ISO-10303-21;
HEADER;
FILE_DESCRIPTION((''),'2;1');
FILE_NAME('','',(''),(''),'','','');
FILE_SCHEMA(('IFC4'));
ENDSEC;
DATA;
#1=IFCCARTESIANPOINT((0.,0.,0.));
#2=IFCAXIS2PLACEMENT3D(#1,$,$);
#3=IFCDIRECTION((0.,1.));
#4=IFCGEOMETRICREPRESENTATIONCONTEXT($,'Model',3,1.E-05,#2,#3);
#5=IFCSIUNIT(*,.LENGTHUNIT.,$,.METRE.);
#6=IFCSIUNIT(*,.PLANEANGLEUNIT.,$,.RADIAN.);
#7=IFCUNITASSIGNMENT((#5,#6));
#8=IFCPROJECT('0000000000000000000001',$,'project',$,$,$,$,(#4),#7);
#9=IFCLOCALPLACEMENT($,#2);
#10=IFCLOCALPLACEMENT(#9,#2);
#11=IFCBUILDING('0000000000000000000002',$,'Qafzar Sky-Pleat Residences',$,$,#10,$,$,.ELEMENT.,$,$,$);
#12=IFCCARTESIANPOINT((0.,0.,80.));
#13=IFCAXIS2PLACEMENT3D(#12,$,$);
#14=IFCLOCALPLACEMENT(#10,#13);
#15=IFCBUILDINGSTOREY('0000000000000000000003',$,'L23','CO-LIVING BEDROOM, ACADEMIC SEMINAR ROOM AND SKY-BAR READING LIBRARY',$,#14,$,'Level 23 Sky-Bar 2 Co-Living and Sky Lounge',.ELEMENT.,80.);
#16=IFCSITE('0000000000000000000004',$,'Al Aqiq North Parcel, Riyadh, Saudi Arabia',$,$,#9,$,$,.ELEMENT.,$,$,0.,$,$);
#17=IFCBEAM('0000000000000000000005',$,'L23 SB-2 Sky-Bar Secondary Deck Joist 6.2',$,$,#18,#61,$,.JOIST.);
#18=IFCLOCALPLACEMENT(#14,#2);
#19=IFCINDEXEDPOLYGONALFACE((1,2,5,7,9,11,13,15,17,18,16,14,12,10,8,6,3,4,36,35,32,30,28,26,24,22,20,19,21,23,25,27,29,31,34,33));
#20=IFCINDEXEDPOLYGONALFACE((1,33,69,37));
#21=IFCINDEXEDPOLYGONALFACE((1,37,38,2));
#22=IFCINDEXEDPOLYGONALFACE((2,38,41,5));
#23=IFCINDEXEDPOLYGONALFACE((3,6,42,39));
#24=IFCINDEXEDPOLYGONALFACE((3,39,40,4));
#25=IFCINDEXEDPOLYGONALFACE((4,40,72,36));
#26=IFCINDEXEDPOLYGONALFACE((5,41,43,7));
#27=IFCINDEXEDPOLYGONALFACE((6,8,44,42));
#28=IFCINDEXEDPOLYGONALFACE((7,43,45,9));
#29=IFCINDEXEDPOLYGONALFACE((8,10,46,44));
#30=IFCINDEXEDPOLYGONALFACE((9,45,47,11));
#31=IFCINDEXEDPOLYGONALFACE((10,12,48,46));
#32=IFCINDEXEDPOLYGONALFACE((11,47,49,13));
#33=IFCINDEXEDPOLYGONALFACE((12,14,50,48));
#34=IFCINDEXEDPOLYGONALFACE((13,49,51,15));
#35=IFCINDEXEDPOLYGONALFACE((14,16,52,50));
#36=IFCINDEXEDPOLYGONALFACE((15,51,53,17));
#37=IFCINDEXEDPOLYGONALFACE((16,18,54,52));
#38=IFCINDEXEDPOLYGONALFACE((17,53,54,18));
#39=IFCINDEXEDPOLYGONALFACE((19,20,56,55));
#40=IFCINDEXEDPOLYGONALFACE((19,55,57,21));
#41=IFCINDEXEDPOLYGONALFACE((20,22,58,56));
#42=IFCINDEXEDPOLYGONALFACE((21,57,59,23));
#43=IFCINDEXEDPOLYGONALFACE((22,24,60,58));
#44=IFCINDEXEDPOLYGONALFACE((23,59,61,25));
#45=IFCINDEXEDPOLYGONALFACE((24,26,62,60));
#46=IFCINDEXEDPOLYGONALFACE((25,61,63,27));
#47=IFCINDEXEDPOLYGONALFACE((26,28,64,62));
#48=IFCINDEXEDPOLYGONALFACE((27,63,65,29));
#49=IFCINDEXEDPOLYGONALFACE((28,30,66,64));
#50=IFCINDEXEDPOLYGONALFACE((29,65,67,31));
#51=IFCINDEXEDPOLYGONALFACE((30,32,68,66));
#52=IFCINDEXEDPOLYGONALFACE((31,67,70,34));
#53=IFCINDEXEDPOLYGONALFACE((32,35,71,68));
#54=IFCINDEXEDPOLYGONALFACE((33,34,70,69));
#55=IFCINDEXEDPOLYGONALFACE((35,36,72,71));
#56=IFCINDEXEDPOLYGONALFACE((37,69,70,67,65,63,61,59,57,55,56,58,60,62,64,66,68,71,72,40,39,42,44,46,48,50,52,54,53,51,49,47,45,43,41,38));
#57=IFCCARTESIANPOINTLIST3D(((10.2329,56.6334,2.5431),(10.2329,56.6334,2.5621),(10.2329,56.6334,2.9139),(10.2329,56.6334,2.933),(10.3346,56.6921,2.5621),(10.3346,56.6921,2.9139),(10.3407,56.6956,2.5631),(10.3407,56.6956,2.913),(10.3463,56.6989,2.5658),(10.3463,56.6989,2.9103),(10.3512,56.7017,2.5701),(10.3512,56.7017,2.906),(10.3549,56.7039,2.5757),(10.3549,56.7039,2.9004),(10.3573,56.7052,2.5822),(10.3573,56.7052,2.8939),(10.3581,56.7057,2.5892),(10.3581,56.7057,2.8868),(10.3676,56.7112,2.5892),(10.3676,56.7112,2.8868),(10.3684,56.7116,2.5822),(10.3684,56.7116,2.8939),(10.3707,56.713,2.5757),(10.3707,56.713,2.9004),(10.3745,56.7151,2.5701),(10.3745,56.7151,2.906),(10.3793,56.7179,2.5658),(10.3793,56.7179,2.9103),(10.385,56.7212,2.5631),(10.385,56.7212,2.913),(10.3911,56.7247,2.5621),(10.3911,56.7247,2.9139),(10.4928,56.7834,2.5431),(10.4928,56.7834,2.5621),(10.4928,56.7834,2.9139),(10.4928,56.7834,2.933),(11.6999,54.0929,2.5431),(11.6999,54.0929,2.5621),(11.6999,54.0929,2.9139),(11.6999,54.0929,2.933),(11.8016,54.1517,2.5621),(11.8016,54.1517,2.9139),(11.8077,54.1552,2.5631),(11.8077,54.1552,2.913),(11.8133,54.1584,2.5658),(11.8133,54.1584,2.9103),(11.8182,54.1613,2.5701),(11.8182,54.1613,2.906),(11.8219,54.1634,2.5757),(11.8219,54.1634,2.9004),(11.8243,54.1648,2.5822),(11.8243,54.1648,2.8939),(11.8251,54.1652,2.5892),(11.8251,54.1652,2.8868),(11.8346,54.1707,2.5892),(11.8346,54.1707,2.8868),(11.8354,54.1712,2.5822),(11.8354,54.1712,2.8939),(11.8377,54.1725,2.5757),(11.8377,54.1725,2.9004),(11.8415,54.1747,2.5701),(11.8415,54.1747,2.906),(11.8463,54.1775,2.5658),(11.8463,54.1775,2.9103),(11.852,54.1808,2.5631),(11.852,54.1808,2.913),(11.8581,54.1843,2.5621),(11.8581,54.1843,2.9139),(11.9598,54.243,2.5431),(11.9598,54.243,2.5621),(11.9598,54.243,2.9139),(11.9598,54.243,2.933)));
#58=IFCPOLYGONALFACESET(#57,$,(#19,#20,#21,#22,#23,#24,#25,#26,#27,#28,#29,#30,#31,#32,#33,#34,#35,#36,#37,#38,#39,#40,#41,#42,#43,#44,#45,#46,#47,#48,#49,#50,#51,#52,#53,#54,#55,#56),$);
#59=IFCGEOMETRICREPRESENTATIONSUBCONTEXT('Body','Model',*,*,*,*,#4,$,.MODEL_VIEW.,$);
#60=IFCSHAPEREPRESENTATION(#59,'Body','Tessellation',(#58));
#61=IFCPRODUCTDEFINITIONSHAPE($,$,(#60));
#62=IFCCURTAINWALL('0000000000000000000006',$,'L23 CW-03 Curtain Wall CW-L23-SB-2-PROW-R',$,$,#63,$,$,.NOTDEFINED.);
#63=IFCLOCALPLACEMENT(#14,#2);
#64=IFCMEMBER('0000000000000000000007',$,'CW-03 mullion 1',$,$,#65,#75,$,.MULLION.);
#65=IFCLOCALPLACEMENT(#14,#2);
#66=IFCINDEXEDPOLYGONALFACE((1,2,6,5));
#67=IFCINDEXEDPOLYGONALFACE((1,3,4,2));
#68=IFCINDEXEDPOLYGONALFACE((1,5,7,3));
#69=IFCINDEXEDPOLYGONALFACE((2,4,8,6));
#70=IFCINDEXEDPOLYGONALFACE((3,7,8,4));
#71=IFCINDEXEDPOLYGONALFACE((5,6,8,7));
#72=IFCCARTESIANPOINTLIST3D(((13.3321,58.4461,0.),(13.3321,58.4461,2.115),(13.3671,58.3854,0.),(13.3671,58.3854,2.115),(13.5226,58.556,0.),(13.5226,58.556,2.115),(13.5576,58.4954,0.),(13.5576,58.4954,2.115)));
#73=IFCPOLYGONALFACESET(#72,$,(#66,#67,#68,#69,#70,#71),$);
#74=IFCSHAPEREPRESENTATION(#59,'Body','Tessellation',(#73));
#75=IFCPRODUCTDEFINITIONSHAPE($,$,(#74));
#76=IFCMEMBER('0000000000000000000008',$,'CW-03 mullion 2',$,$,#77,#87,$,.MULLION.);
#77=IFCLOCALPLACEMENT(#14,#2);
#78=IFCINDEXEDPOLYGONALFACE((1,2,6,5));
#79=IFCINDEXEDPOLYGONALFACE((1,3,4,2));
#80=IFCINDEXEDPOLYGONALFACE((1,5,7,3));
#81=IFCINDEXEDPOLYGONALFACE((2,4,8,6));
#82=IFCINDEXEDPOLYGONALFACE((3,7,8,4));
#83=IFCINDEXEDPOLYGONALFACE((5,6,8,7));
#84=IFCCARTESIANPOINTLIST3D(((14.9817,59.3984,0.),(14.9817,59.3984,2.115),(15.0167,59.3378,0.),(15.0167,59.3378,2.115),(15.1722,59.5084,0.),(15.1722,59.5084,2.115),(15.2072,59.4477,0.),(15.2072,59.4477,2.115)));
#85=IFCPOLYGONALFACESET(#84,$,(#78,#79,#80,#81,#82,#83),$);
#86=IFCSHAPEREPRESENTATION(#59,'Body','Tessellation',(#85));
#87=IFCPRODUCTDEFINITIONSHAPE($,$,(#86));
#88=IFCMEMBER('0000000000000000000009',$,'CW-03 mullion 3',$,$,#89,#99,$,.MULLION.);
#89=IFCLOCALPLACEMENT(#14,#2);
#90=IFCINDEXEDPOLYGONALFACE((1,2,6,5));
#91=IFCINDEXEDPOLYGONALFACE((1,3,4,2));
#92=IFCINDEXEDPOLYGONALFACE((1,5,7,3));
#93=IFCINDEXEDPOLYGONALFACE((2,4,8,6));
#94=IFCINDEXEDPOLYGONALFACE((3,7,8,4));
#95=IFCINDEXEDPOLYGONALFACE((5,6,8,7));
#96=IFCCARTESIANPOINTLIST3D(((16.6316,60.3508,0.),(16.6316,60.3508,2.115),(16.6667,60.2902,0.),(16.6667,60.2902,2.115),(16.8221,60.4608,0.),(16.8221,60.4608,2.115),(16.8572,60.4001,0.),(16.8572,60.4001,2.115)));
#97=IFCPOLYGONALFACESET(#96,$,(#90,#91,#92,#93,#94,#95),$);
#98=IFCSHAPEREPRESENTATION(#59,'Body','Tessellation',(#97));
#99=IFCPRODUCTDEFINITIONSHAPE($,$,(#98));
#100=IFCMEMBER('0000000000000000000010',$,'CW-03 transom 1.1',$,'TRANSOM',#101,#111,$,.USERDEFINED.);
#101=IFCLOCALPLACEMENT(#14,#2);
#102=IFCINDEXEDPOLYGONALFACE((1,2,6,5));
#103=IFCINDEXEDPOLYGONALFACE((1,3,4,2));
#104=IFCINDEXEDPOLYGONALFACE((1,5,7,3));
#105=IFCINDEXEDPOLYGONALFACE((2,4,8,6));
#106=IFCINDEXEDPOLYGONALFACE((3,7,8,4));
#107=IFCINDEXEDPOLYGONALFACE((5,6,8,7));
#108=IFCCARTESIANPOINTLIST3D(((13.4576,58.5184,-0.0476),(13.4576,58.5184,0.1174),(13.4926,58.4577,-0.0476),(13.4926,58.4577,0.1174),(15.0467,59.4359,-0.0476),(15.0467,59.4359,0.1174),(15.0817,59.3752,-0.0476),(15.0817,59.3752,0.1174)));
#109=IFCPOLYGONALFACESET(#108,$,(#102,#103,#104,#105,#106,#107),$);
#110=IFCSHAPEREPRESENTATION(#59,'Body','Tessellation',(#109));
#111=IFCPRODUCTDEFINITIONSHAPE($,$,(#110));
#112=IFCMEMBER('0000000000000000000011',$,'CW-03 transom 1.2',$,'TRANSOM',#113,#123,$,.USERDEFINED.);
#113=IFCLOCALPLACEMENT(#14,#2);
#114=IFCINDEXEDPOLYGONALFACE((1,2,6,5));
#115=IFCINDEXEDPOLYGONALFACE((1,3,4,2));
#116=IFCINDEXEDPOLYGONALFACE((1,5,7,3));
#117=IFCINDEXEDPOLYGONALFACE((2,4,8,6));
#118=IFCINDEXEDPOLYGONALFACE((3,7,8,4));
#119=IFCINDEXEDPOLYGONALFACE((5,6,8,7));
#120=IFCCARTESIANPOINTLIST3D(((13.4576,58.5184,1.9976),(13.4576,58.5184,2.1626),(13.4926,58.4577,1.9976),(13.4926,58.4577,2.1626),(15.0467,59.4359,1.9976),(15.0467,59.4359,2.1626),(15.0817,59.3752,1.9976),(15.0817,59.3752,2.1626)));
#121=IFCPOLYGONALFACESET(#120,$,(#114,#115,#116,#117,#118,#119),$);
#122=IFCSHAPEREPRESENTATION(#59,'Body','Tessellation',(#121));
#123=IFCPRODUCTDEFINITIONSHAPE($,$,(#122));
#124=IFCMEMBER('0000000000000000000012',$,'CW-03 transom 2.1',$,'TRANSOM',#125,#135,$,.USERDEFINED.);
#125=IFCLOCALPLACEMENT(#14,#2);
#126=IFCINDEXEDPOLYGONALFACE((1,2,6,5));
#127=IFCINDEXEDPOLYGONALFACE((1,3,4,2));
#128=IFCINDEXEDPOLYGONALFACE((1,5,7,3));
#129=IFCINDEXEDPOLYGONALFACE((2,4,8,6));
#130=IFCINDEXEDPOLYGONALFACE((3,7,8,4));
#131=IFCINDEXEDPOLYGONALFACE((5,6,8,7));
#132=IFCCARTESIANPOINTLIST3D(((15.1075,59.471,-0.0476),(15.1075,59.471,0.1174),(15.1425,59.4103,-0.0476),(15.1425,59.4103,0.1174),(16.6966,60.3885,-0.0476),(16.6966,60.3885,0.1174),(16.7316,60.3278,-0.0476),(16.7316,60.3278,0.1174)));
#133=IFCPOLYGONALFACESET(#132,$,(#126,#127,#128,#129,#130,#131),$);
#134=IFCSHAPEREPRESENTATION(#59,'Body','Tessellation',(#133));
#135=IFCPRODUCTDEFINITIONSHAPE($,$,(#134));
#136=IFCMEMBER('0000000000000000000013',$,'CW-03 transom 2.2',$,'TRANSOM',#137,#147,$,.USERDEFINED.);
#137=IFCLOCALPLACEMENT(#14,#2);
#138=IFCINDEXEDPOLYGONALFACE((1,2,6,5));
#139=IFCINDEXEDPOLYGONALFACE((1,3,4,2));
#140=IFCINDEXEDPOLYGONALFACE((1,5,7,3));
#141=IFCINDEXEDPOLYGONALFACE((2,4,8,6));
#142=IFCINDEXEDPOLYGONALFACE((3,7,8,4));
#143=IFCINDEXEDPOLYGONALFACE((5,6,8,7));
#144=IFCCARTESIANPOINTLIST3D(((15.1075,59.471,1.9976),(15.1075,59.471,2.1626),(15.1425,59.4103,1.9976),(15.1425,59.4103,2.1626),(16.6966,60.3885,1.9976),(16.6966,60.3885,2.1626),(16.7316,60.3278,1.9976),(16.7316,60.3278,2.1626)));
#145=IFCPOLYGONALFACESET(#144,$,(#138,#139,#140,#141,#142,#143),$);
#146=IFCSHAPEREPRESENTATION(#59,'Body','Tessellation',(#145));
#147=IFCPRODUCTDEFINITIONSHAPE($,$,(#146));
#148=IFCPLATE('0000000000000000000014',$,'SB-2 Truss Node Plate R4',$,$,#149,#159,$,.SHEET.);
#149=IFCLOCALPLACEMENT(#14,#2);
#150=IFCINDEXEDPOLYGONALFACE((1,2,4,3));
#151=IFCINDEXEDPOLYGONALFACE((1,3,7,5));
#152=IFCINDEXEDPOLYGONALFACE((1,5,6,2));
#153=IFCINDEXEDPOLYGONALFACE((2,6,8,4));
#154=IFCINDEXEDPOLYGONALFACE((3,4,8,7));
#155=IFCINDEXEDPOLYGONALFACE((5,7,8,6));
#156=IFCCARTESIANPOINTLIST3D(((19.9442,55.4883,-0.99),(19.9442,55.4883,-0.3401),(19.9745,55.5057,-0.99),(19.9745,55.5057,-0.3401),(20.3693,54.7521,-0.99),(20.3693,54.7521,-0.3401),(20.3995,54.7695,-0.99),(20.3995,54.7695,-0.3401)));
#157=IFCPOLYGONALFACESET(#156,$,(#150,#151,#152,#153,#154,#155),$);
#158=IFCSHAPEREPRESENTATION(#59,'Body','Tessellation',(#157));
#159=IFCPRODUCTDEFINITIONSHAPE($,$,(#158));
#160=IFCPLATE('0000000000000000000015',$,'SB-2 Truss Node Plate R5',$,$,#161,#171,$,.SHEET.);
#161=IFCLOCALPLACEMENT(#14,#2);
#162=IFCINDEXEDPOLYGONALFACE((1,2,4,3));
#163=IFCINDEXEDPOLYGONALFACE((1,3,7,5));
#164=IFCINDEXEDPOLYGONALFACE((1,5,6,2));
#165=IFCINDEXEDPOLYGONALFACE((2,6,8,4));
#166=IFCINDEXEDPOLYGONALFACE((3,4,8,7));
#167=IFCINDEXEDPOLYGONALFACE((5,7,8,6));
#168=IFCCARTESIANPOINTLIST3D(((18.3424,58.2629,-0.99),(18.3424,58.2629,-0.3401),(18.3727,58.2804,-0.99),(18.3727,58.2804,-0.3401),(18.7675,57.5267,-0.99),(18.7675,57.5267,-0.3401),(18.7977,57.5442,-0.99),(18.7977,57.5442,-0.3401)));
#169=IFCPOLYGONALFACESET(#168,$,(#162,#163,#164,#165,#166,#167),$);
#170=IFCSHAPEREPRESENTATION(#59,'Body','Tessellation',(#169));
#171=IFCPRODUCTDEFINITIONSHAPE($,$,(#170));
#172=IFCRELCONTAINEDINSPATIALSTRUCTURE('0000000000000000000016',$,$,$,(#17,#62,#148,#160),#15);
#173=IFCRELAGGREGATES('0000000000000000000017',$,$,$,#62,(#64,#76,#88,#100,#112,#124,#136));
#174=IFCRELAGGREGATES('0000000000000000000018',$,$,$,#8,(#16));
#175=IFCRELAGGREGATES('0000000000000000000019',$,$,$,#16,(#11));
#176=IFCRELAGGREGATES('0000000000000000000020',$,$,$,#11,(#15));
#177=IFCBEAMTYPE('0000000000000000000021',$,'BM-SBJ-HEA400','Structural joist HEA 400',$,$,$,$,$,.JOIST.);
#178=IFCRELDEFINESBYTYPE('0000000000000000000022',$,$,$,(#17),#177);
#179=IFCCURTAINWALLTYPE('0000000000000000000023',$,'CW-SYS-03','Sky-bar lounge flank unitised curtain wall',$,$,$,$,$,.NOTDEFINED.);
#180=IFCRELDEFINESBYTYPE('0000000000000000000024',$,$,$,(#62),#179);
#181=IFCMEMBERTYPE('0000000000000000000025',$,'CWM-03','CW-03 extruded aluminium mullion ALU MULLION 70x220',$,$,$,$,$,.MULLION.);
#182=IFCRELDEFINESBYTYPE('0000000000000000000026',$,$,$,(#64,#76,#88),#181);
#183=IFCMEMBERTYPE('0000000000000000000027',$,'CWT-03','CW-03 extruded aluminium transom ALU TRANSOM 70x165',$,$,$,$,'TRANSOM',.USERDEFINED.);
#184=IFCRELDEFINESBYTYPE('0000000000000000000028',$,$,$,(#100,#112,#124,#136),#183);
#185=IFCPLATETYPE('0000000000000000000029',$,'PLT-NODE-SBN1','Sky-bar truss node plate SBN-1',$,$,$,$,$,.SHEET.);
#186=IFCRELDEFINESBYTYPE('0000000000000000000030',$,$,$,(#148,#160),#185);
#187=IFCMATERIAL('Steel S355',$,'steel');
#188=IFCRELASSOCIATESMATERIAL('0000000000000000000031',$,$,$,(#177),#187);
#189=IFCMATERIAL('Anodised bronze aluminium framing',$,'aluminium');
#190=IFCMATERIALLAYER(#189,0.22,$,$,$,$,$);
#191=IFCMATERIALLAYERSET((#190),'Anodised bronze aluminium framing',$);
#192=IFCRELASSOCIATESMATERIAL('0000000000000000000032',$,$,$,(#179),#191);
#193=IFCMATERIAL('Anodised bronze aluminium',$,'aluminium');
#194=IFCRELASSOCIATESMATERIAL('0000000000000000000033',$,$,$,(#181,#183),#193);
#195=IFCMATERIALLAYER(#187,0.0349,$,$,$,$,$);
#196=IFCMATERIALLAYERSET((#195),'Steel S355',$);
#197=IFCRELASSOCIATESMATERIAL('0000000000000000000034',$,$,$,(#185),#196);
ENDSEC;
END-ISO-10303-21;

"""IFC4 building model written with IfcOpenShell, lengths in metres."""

from ifc_helpers import new_model, si_unit, direction, frame, origin, origin_2d, place, context, subcontext, project, spatial, rectangle, i_section, extrude, source, transform, mapped, material, layer, layer_set, material_profile, profile_set, type_object, element, aggregate, save


model = new_model("IFC4")

# Units and contexts
model_context = context("Model", 3, precision=1e-05, world=origin(), true_north=direction((0.0, 1.0)))
body_context = subcontext(model_context, "Body", "Model", "MODEL_VIEW")
ifc_project = project(units=[si_unit("LENGTHUNIT", "METRE"), si_unit("PLANEANGLEUNIT", "RADIAN")], contexts=[model_context])

# Site, building, storey
site_placement = place(None, origin())
site = spatial("IfcSite", under=ifc_project, at=site_placement, Name="Al Aqiq North Parcel, Riyadh, Saudi Arabia", CompositionType="ELEMENT", RefElevation=0.0)
building_placement = place(site_placement, origin())
building = spatial("IfcBuilding", under=site, at=building_placement, Name="Qafzar Sky-Pleat Residences", CompositionType="ELEMENT")
storey_placement = place(building_placement, frame((0.0, 0.0, 80.0)))
storey = spatial("IfcBuildingStorey", under=building, at=storey_placement, Name="L23", Description="CO-LIVING BEDROOM, ACADEMIC SEMINAR ROOM AND SKY-BAR READING LIBRARY", LongName="Level 23 Sky-Bar 2 Co-Living and Sky Lounge", CompositionType="ELEMENT", Elevation=80.0)

# Beam
ifc_material_1 = material(Name="Steel S355", Category="steel")
ifc_material_profile_1 = material_profile(ifc_material_1, i_section(OverallWidth=0.3, OverallDepth=0.3899, WebThickness=0.011, FlangeThickness=0.019, FilletRadius=0.0271, at=origin_2d()), Name="HEA 400")
ifc_profile_set_1 = profile_set([ifc_material_profile_1], Name="Steel S355")
beam_type = type_object("IfcBeamType", Name="BM-SBJ-HEA400", Description="Structural joist HEA 400", PredefinedType="JOIST", material=ifc_profile_set_1)
shared_shape_1 = source(origin(), body_context, "Body", "SweptSolid", [
    extrude(i_section(OverallWidth=0.3, OverallDepth=0.3899, WebThickness=0.011, FlangeThickness=0.019, FilletRadius=0.0271, at=origin_2d()), origin(), (0.0, 0.0, 1.0), 2.9336),
])
beam_placement = place(storey_placement, frame((11.8298, 54.168, 2.738), z_axis=(-0.500068, 0.865986, 0.0), x_axis=(-0.865986, -0.500068, 0.0)))
element("IfcBeam", 1, at=beam_placement, inside=storey, type_object=beam_type, Name="L23 SB-2 Sky-Bar Secondary Deck Joist 6.2", PredefinedType="JOIST", context=body_context, shape_type="MappedRepresentation", body=[
    mapped(shared_shape_1, transform((0.0, 0.0, 0.0), x_axis=(1.0, 0.0, 0.0), y_axis=(0.0, 1.0, 0.0), z_axis=(0.0, 0.0, 1.0), scale=1.0)),
])

# Curtain wall, members
ifc_material_2 = material(Name="Anodised bronze aluminium framing", Category="aluminium")
ifc_layer_1 = layer(ifc_material_2, 0.22)
ifc_layer_set_1 = layer_set([ifc_layer_1], Name="Anodised bronze aluminium framing")
curtain_wall_type = type_object("IfcCurtainWallType", Name="CW-SYS-03", Description="Sky-bar lounge flank unitised curtain wall", PredefinedType="NOTDEFINED", material=ifc_layer_set_1)
curtain_wall_placement = place(storey_placement, origin())
curtain_wall = element("IfcCurtainWall", 2, at=curtain_wall_placement, inside=storey, type_object=curtain_wall_type, Name="L23 CW-03 Curtain Wall CW-L23-SB-2-PROW-R", PredefinedType="NOTDEFINED")
ifc_material_3 = material(Name="Anodised bronze aluminium", Category="aluminium")
ifc_material_profile_2 = material_profile(ifc_material_3, rectangle(XDim=0.0701, YDim=0.22, at=origin_2d()), Name="ALU MULLION 70x220")
ifc_profile_set_2 = profile_set([ifc_material_profile_2], Name="Anodised bronze aluminium")
member_type_1 = type_object("IfcMemberType", Name="CWM-03", Description="CW-03 extruded aluminium mullion ALU MULLION 70x220", PredefinedType="MULLION", material=ifc_profile_set_2)
shared_shape_2 = source(origin(), body_context, "Body", "SweptSolid", [
    extrude(rectangle(XDim=0.0701, YDim=0.22, at=origin_2d()), origin(), (0.0, 0.0, 1.0), 2.115),
])
member_1_placement = place(storey_placement, frame((13.4448, 58.4707, 0.0), z_axis=(0.0, 0.0, 1.0), x_axis=(-0.499998, 0.866027, 0.0)))
member_1 = element("IfcMember", 3, at=member_1_placement, type_object=member_type_1, Name="CW-03 mullion 1", PredefinedType="MULLION", context=body_context, shape_type="MappedRepresentation", body=[
    mapped(shared_shape_2, transform((0.0, 0.0, 0.0), x_axis=(1.0, 0.0, 0.0), y_axis=(0.0, 1.0, 0.0), z_axis=(0.0, 0.0, 1.0), scale=1.0)),
])
member_2_placement = place(storey_placement, frame((15.0945, 59.4231, 0.0), z_axis=(0.0, 0.0, 1.0), x_axis=(-0.499998, 0.866027, 0.0)))
member_2 = element("IfcMember", 4, at=member_2_placement, type_object=member_type_1, Name="CW-03 mullion 2", PredefinedType="MULLION", context=body_context, shape_type="MappedRepresentation", body=[
    mapped(shared_shape_2, transform((0.0, 0.0, 0.0), x_axis=(1.0, 0.0, 0.0), y_axis=(0.0, 1.0, 0.0), z_axis=(0.0, 0.0, 1.0), scale=1.0)),
])
member_3_placement = place(storey_placement, frame((16.7444, 60.3755, 0.0), z_axis=(0.0, 0.0, 1.0), x_axis=(-0.499998, 0.866027, 0.0)))
member_3 = element("IfcMember", 5, at=member_3_placement, type_object=member_type_1, Name="CW-03 mullion 3", PredefinedType="MULLION", context=body_context, shape_type="MappedRepresentation", body=[
    mapped(shared_shape_2, transform((0.0, 0.0, 0.0), x_axis=(1.0, 0.0, 0.0), y_axis=(0.0, 1.0, 0.0), z_axis=(0.0, 0.0, 1.0), scale=1.0)),
])
ifc_material_profile_3 = material_profile(ifc_material_3, rectangle(XDim=0.0701, YDim=0.165, at=origin_2d()), Name="ALU TRANSOM 70x165")
ifc_profile_set_3 = profile_set([ifc_material_profile_3], Name="Anodised bronze aluminium")
member_type_2 = type_object("IfcMemberType", Name="CWT-03", Description="CW-03 extruded aluminium transom ALU TRANSOM 70x165", ElementType="TRANSOM", PredefinedType="USERDEFINED", material=ifc_profile_set_3)
shared_shape_3 = source(origin(), body_context, "Body", "SweptSolid", [
    extrude(rectangle(XDim=0.0701, YDim=0.165, at=origin_2d()), origin(), (0.0, 0.0, 1.0), 1.835),
])
member_4_placement = place(storey_placement, frame((13.4751, 58.488, 0.0349), z_axis=(0.866024, 0.500003, 0.0), x_axis=(-0.500003, 0.866024, 0.0)))
member_4 = element("IfcMember", 6, at=member_4_placement, type_object=member_type_2, Name="CW-03 transom 1.1", ObjectType="TRANSOM", PredefinedType="USERDEFINED", context=body_context, shape_type="MappedRepresentation", body=[
    mapped(shared_shape_3, transform((0.0, 0.0, 0.0), x_axis=(1.0, 0.0, 0.0), y_axis=(0.0, 1.0, 0.0), z_axis=(0.0, 0.0, 1.0), scale=1.0)),
])
member_5_placement = place(storey_placement, frame((13.4751, 58.488, 2.0801), z_axis=(0.866024, 0.500003, 0.0), x_axis=(-0.500003, 0.866024, 0.0)))
member_5 = element("IfcMember", 7, at=member_5_placement, type_object=member_type_2, Name="CW-03 transom 1.2", ObjectType="TRANSOM", PredefinedType="USERDEFINED", context=body_context, shape_type="MappedRepresentation", body=[
    mapped(shared_shape_3, transform((0.0, 0.0, 0.0), x_axis=(1.0, 0.0, 0.0), y_axis=(0.0, 1.0, 0.0), z_axis=(0.0, 0.0, 1.0), scale=1.0)),
])
member_6_placement = place(storey_placement, frame((15.125, 59.4407, 0.0349), z_axis=(0.866024, 0.500003, 0.0), x_axis=(-0.500003, 0.866024, 0.0)))
member_6 = element("IfcMember", 8, at=member_6_placement, type_object=member_type_2, Name="CW-03 transom 2.1", ObjectType="TRANSOM", PredefinedType="USERDEFINED", context=body_context, shape_type="MappedRepresentation", body=[
    mapped(shared_shape_3, transform((0.0, 0.0, 0.0), x_axis=(1.0, 0.0, 0.0), y_axis=(0.0, 1.0, 0.0), z_axis=(0.0, 0.0, 1.0), scale=1.0)),
])
member_7_placement = place(storey_placement, frame((15.125, 59.4407, 2.0801), z_axis=(0.866024, 0.500003, 0.0), x_axis=(-0.500003, 0.866024, 0.0)))
member_7 = element("IfcMember", 9, at=member_7_placement, type_object=member_type_2, Name="CW-03 transom 2.2", ObjectType="TRANSOM", PredefinedType="USERDEFINED", context=body_context, shape_type="MappedRepresentation", body=[
    mapped(shared_shape_3, transform((0.0, 0.0, 0.0), x_axis=(1.0, 0.0, 0.0), y_axis=(0.0, 1.0, 0.0), z_axis=(0.0, 0.0, 1.0), scale=1.0)),
])

# Plates
ifc_layer_2 = layer(ifc_material_1, 0.0349)
ifc_layer_set_2 = layer_set([ifc_layer_2], Name="Steel S355")
plate_type_1 = type_object("IfcPlateType", Name="PLT-NODE-SBN1", Description="Sky-bar truss node plate SBN-1", PredefinedType="SHEET", material=ifc_layer_set_2)
shared_shape_4 = source(origin(), body_context, "Body", "SweptSolid", [
    extrude(rectangle(XDim=0.8501, YDim=0.0349, at=origin_2d()), origin(), (0.0, 0.0, 1.0), 0.6499),
])
for number, where, z_axis, x_axis, name in (
    (10, (20.1719, 55.1289, -0.99), (0.0, 0.0, 1.0), (-0.5, 0.866025, 0.0), "SB-2 Truss Node Plate R4"),
    (11, (18.5701, 57.9036, -0.99), (0.0, 0.0, 1.0), (-0.5, 0.866025, 0.0), "SB-2 Truss Node Plate R5"),
):
    element("IfcPlate", number, at=place(storey_placement, frame(where, z_axis=z_axis, x_axis=x_axis)), inside=storey, type_object=plate_type_1, Name=name, PredefinedType="SHEET", context=body_context, shape_type="MappedRepresentation", body=[
        mapped(shared_shape_4, transform((0.0, 0.0, 0.0), x_axis=(1.0, 0.0, 0.0), y_axis=(0.0, 1.0, 0.0), z_axis=(0.0, 0.0, 1.0), scale=1.0)),
    ])

aggregate(curtain_wall, [member_1, member_2, member_3, member_4, member_5, member_6, member_7])

save(model, "model.ifc")
